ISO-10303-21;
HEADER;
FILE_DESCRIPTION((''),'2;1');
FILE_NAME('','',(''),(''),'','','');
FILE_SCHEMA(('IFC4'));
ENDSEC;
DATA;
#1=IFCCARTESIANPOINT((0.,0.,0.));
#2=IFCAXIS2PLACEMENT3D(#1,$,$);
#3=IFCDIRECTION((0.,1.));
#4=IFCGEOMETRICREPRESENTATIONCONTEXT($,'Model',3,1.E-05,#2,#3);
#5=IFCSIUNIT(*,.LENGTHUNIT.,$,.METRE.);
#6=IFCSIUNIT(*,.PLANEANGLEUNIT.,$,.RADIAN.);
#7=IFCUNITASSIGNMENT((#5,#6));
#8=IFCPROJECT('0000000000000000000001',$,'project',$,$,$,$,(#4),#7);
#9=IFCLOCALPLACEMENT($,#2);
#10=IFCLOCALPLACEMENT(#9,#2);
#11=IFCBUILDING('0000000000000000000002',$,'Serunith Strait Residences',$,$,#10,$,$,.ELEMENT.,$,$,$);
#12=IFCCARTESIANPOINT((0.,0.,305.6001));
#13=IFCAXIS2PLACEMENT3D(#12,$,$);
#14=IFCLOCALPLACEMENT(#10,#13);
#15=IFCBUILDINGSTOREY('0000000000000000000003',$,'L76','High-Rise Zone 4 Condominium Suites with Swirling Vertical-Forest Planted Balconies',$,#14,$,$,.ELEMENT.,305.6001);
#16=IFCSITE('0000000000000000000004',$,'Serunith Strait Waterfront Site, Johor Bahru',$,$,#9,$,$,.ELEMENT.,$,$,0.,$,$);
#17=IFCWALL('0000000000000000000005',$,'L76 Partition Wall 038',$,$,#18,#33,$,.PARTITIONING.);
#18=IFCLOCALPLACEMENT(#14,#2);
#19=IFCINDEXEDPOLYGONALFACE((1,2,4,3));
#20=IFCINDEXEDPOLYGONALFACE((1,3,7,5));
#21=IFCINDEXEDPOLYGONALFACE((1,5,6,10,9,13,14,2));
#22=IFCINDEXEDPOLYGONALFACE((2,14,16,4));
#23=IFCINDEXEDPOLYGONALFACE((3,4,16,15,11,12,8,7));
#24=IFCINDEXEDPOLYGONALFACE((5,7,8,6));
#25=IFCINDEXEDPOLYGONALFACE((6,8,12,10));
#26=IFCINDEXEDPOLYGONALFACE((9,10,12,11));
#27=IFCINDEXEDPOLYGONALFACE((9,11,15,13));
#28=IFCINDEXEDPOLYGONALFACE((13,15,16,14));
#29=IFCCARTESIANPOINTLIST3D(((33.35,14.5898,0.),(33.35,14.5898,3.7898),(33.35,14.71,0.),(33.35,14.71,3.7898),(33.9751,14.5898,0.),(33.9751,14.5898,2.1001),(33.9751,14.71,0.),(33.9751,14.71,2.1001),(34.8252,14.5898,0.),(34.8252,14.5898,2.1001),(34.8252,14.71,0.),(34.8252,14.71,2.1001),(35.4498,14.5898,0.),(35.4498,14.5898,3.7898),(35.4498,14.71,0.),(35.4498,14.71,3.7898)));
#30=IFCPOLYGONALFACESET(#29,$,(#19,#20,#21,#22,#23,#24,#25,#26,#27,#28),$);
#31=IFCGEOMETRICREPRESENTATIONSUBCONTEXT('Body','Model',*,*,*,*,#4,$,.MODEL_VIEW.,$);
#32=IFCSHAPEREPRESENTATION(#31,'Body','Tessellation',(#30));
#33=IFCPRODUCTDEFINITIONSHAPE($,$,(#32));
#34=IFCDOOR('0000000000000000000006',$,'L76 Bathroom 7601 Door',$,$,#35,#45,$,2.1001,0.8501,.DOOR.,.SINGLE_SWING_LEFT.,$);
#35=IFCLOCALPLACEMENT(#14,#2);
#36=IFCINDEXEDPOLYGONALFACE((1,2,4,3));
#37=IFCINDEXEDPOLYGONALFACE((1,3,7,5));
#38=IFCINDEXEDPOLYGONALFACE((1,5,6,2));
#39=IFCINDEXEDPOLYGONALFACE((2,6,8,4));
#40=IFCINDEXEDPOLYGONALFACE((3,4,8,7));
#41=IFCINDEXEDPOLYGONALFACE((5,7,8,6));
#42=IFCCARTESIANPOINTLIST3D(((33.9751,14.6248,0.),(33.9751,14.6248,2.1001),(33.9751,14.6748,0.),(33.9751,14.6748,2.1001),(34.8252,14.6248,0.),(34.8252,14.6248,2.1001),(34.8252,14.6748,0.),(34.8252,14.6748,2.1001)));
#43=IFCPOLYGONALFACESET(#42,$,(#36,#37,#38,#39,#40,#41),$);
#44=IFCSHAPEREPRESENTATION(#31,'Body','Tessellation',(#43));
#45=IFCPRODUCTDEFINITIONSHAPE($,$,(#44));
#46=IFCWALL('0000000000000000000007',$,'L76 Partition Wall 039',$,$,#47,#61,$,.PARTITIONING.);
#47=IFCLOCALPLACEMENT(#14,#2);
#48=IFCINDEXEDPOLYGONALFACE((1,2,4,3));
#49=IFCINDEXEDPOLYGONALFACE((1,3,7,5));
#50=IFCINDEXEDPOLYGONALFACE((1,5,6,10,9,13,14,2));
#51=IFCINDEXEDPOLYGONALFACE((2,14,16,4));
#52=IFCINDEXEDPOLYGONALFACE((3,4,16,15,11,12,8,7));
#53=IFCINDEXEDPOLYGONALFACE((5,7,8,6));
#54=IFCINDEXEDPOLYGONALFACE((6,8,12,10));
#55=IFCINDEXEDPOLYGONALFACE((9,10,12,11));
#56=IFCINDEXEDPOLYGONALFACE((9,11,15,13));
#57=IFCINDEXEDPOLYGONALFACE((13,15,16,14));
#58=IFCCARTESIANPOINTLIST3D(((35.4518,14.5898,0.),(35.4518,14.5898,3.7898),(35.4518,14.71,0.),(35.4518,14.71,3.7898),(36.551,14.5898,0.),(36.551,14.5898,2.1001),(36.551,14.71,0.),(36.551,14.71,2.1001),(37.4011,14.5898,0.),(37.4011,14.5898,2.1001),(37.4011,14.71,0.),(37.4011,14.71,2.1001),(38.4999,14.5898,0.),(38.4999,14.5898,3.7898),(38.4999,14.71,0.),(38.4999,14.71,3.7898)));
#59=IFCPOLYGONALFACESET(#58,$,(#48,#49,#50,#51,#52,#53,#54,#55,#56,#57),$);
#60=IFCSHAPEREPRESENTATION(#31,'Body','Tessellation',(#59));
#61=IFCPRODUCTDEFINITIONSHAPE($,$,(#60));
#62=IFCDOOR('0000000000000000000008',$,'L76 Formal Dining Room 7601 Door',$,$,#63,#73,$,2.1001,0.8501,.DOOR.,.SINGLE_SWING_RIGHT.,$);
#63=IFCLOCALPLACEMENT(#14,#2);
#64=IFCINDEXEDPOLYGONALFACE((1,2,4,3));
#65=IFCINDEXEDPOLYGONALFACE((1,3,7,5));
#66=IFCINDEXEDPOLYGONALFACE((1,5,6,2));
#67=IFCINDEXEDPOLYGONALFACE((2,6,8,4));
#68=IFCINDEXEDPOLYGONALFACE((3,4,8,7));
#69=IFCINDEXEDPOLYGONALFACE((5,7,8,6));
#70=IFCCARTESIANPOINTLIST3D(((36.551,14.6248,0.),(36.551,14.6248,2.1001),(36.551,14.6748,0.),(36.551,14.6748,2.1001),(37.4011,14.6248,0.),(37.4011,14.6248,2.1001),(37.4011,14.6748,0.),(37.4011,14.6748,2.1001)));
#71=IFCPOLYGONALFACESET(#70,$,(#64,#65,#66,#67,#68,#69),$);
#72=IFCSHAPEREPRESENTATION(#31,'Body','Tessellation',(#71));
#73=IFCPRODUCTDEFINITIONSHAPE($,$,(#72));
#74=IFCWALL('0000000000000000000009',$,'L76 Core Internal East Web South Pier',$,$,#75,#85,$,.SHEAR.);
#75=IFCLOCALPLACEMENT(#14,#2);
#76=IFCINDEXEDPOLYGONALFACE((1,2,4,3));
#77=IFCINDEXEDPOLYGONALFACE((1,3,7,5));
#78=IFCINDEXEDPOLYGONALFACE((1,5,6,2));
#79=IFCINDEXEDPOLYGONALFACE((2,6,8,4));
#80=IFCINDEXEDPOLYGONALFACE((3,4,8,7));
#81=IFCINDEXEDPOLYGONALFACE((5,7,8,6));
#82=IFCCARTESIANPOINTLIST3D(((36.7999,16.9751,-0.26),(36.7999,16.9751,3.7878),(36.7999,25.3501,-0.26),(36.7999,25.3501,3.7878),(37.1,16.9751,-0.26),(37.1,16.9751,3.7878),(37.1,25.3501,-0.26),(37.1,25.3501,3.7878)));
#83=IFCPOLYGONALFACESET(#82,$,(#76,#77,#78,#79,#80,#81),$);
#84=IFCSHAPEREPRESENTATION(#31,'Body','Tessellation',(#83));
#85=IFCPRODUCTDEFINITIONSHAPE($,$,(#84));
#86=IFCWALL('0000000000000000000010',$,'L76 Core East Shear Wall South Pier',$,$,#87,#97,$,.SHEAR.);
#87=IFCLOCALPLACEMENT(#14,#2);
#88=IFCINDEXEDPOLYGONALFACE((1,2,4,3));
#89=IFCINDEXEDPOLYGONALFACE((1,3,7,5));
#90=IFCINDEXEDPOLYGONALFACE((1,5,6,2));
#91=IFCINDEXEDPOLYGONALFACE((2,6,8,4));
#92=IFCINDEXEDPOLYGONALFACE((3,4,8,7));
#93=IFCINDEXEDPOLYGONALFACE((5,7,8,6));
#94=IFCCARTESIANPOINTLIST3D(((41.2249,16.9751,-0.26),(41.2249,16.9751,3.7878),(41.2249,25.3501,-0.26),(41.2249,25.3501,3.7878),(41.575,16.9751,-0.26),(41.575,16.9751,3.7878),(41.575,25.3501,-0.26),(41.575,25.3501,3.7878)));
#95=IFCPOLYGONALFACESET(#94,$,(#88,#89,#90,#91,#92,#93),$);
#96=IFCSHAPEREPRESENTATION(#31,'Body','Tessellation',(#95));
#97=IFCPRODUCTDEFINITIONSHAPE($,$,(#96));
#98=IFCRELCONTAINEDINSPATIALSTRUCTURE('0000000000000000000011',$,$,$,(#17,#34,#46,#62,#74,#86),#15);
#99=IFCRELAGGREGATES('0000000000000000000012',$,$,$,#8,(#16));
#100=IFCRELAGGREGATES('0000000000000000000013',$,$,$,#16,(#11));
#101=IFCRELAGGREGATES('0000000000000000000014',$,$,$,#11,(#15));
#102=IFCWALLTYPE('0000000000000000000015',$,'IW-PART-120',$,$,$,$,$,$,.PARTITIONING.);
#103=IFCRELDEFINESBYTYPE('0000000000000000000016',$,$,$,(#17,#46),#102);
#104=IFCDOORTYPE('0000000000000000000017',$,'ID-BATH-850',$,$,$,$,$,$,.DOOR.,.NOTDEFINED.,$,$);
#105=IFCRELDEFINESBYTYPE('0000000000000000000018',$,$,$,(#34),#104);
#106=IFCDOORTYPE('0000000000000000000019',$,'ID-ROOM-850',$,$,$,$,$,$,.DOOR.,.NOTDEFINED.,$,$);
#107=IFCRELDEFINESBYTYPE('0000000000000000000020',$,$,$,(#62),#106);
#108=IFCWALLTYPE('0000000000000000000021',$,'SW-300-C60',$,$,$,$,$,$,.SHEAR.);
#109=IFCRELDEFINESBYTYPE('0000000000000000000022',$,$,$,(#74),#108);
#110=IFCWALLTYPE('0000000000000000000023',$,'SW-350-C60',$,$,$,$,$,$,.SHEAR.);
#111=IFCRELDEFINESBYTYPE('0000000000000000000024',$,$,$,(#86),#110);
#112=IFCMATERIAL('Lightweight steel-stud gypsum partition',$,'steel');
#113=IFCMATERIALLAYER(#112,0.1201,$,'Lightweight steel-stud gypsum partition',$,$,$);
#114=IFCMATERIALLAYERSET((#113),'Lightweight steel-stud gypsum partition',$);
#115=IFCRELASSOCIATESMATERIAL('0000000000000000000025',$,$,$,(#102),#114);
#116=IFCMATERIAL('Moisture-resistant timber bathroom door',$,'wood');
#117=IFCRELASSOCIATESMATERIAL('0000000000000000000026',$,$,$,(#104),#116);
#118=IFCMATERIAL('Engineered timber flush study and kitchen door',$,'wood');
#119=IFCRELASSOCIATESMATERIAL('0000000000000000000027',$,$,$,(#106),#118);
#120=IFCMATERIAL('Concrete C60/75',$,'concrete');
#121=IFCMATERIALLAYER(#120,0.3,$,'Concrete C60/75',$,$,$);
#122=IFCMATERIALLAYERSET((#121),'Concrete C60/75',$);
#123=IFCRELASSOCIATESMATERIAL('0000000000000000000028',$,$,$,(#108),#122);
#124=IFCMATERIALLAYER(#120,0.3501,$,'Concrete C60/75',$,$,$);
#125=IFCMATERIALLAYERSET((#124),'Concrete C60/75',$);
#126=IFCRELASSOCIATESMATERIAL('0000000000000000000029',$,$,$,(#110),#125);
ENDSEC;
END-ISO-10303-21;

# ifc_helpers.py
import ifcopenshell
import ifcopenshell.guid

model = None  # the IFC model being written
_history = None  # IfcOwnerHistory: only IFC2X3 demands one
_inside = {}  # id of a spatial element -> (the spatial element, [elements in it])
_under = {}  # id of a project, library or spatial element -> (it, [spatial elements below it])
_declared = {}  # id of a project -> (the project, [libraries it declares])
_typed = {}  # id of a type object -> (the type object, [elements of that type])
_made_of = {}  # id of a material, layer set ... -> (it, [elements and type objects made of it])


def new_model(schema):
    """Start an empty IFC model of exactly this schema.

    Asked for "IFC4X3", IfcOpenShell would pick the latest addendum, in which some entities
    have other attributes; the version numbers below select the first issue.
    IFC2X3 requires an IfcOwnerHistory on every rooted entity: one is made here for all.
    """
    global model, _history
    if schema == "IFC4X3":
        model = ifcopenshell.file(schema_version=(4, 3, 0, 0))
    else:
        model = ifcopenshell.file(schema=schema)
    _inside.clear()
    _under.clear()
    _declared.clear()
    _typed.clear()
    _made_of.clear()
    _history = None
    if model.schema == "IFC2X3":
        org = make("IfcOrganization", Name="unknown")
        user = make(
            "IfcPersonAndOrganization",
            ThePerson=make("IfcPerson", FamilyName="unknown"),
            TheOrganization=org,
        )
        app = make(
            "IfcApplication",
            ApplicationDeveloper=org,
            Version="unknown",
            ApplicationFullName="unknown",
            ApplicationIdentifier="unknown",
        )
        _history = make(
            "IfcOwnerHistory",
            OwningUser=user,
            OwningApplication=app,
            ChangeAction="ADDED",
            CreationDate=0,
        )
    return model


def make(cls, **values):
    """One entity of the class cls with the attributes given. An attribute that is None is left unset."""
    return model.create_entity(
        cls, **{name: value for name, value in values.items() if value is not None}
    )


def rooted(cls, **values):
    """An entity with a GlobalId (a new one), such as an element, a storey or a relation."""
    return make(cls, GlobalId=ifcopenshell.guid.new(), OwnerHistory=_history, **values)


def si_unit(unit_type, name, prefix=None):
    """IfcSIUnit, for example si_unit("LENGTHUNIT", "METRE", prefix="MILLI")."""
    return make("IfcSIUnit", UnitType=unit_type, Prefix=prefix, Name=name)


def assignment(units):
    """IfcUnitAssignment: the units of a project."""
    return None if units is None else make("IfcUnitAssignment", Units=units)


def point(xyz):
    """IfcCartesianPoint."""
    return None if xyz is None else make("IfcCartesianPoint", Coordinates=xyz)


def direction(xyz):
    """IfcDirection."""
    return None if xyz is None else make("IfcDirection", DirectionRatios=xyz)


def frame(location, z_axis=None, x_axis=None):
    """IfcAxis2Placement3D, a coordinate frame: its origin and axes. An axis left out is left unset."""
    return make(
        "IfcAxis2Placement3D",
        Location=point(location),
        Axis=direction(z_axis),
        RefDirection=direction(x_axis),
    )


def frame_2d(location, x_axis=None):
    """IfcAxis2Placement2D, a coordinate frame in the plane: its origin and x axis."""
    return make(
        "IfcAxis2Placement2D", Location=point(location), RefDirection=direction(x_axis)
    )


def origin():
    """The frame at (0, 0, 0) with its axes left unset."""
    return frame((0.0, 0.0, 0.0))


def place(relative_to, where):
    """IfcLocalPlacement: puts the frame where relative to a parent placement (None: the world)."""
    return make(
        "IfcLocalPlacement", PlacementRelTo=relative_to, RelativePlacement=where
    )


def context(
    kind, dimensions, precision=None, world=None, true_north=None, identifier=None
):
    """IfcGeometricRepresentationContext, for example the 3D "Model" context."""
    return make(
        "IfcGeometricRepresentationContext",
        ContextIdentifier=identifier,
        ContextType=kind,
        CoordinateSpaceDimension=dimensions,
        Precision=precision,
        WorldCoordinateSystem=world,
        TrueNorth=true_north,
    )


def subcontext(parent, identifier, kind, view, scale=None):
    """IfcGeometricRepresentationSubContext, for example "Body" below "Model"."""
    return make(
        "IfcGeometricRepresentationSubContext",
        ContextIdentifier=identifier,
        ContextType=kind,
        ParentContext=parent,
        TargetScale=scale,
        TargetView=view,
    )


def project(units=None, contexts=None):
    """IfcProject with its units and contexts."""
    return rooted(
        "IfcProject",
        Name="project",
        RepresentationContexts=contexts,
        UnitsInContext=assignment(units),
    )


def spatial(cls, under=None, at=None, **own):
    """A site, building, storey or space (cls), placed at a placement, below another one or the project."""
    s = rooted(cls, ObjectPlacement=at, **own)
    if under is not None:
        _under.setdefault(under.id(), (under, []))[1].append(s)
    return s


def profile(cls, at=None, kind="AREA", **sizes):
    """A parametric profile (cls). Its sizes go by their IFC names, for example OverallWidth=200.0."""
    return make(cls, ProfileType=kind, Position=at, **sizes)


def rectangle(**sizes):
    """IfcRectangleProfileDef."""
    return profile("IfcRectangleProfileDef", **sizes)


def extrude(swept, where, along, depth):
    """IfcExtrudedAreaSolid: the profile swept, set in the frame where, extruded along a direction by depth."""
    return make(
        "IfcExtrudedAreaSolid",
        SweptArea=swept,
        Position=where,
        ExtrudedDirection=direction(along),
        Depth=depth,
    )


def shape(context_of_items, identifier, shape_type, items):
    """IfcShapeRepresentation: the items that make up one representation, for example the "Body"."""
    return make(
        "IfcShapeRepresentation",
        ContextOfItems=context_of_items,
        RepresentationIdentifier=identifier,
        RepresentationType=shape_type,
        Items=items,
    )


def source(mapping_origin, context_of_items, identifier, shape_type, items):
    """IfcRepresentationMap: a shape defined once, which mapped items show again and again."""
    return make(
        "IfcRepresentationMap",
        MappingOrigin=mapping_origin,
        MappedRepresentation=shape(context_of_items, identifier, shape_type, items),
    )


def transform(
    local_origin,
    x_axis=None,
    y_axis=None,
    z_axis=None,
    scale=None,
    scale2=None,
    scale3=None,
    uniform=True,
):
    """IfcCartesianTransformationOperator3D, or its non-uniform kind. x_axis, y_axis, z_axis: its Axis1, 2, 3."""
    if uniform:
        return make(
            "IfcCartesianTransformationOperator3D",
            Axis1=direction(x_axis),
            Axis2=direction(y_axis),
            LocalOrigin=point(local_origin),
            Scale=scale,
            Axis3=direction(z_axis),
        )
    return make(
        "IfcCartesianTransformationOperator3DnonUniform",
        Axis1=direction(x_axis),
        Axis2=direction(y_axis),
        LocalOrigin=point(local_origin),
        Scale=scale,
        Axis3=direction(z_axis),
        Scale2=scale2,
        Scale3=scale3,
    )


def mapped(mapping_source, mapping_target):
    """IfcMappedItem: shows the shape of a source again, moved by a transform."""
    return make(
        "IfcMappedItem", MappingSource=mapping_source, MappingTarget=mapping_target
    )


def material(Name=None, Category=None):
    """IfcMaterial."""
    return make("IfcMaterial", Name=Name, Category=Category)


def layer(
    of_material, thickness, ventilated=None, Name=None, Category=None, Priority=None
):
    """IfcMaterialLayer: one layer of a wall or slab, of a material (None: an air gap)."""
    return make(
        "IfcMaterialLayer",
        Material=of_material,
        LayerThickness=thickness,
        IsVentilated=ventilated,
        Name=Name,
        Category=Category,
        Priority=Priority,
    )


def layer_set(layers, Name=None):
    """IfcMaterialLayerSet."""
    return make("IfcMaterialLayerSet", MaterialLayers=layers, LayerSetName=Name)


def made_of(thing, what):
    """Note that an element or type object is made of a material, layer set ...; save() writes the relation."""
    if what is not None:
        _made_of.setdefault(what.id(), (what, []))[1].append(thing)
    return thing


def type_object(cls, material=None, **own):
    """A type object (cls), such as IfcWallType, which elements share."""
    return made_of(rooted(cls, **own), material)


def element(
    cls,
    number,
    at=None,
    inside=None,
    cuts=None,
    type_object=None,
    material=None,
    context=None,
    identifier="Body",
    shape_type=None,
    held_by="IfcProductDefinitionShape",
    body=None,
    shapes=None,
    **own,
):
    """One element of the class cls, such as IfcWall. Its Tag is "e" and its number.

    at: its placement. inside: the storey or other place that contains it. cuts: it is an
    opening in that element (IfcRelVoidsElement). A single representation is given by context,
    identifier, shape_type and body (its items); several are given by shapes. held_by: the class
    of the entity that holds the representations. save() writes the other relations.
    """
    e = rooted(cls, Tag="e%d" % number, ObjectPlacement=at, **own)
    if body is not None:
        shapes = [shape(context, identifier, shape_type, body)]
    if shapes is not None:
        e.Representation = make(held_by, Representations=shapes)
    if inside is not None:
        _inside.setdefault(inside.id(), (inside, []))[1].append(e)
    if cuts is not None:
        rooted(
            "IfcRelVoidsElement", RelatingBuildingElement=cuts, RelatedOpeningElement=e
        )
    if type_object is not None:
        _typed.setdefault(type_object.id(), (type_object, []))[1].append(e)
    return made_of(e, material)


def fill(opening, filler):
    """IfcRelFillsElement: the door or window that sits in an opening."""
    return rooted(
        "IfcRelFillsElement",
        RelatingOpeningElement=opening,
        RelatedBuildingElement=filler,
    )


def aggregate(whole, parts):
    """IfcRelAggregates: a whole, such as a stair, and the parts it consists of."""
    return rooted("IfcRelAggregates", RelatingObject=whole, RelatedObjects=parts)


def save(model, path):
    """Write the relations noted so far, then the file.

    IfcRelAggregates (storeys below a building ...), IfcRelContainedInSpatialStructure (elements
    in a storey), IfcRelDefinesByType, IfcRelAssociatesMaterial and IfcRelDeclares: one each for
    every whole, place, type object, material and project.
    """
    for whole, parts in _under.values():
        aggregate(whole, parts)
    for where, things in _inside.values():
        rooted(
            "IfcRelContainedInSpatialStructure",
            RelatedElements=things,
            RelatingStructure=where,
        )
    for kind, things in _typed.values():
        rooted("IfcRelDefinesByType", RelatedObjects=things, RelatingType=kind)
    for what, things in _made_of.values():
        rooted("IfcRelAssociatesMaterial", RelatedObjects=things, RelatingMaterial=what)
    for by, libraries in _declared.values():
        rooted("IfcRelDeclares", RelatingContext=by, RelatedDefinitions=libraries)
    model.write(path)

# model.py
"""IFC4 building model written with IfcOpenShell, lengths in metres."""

from ifc_helpers import new_model, si_unit, direction, frame, frame_2d, origin, place, context, subcontext, project, spatial, rectangle, extrude, source, transform, mapped, material, layer, layer_set, type_object, element, fill, save


model = new_model("IFC4")

# Units and contexts
model_context = context("Model", 3, precision=1e-05, world=origin(), true_north=direction((0.0, 1.0)))
body_context = subcontext(model_context, "Body", "Model", "MODEL_VIEW")
ifc_project = project(units=[si_unit("LENGTHUNIT", "METRE"), si_unit("PLANEANGLEUNIT", "RADIAN")], contexts=[model_context])

# Site, building, storey
site_placement = place(None, origin())
site = spatial("IfcSite", under=ifc_project, at=site_placement, Name="Serunith Strait Waterfront Site, Johor Bahru", CompositionType="ELEMENT", RefElevation=0.0)
building_placement = place(site_placement, origin())
building = spatial("IfcBuilding", under=site, at=building_placement, Name="Serunith Strait Residences", CompositionType="ELEMENT")
storey_placement = place(building_placement, frame((0.0, 0.0, 305.6001)))
storey = spatial("IfcBuildingStorey", under=building, at=storey_placement, Name="L76", Description="High-Rise Zone 4 Condominium Suites with Swirling Vertical-Forest Planted Balconies", CompositionType="ELEMENT", Elevation=305.6001)

# Shared definitions
ifc_material_1 = material(Name="Concrete C60/75", Category="concrete")

# Walls, openings, doors
ifc_material_2 = material(Name="Lightweight steel-stud gypsum partition", Category="steel")
ifc_layer_1 = layer(ifc_material_2, 0.1201, Name="Lightweight steel-stud gypsum partition")
ifc_layer_set_1 = layer_set([ifc_layer_1], Name="Lightweight steel-stud gypsum partition")
wall_type_1 = type_object("IfcWallType", Name="IW-PART-120", PredefinedType="PARTITIONING", material=ifc_layer_set_1)
wall_1_placement = place(storey_placement, frame((33.3501, 14.6499, 0.0), z_axis=(0.0, 0.0, 1.0), x_axis=(1.0, 0.0, 0.0)))
wall_1 = element("IfcWall", 1, at=wall_1_placement, inside=storey, type_object=wall_type_1, Name="L76 Partition Wall 038", PredefinedType="PARTITIONING", context=body_context, shape_type="SweptSolid", body=[
    extrude(rectangle(XDim=2.0999, YDim=0.1201, at=frame_2d((1.0498, 0.0))), origin(), (0.0, 0.0, 1.0), 3.7898),
])
opening_1_placement = place(wall_1_placement, frame((0.625, 0.0, 0.0)))
opening_1 = element("IfcOpeningElement", 2, at=opening_1_placement, cuts=wall_1, PredefinedType="OPENING", context=body_context, shape_type="SweptSolid", body=[
    extrude(rectangle(XDim=0.8501, YDim=2.1001, at=frame_2d((0.425, 1.05))), frame((0.0, 0.0701, 0.0), z_axis=(0.0, -1.0, 0.0), x_axis=(1.0, 0.0, 0.0)), (0.0, 0.0, 1.0), 0.1401),
])
ifc_material_3 = material(Name="Moisture-resistant timber bathroom door", Category="wood")
door_type_1 = type_object("IfcDoorType", Name="ID-BATH-850", OperationType="NOTDEFINED", PredefinedType="DOOR", material=ifc_material_3)
shared_shape_1 = source(origin(), body_context, "Body", "SweptSolid", [
    extrude(rectangle(XDim=0.8501, YDim=2.1001, at=frame_2d((0.425, 1.05))), frame((0.0, 0.0249, 0.0), z_axis=(0.0, -1.0, 0.0), x_axis=(1.0, 0.0, 0.0)), (0.0, 0.0, 1.0), 0.05),
])
door_1_placement = place(opening_1_placement, origin())
door_1 = element("IfcDoor", 3, at=door_1_placement, inside=storey, type_object=door_type_1, Name="L76 Bathroom 7601 Door", OperationType="SINGLE_SWING_LEFT", OverallHeight=2.1001, OverallWidth=0.8501, PredefinedType="DOOR", context=body_context, shape_type="MappedRepresentation", body=[
    mapped(shared_shape_1, transform((0.0, 0.0, 0.0), scale=1.0)),
])
fill(opening_1, door_1)
wall_2_placement = place(storey_placement, frame((35.4519, 14.6499, 0.0), z_axis=(0.0, 0.0, 1.0), x_axis=(1.0, 0.0, 0.0)))
wall_2 = element("IfcWall", 4, at=wall_2_placement, inside=storey, type_object=wall_type_1, Name="L76 Partition Wall 039", PredefinedType="PARTITIONING", context=body_context, shape_type="SweptSolid", body=[
    extrude(rectangle(XDim=3.0481, YDim=0.1201, at=frame_2d((1.5239, 0.0))), origin(), (0.0, 0.0, 1.0), 3.7898),
])
opening_2_placement = place(wall_2_placement, frame((1.0991, 0.0, 0.0)))
opening_2 = element("IfcOpeningElement", 5, at=opening_2_placement, cuts=wall_2, PredefinedType="OPENING", context=body_context, shape_type="SweptSolid", body=[
    extrude(rectangle(XDim=0.8501, YDim=2.1001, at=frame_2d((0.425, 1.05))), frame((0.0, 0.0701, 0.0), z_axis=(0.0, -1.0, 0.0), x_axis=(1.0, 0.0, 0.0)), (0.0, 0.0, 1.0), 0.1401),
])
ifc_material_4 = material(Name="Engineered timber flush study and kitchen door", Category="wood")
door_type_2 = type_object("IfcDoorType", Name="ID-ROOM-850", OperationType="NOTDEFINED", PredefinedType="DOOR", material=ifc_material_4)
door_2_placement = place(opening_2_placement, origin())
door_2 = element("IfcDoor", 6, at=door_2_placement, inside=storey, type_object=door_type_2, Name="L76 Formal Dining Room 7601 Door", OperationType="SINGLE_SWING_RIGHT", OverallHeight=2.1001, OverallWidth=0.8501, PredefinedType="DOOR", context=body_context, shape_type="MappedRepresentation", body=[
    mapped(shared_shape_1, transform((0.0, 0.0, 0.0), scale=1.0)),
])
fill(opening_2, door_2)

# Walls
ifc_layer_2 = layer(ifc_material_1, 0.3, Name="Concrete C60/75")
ifc_layer_set_2 = layer_set([ifc_layer_2], Name="Concrete C60/75")
wall_type_2 = type_object("IfcWallType", Name="SW-300-C60", PredefinedType="SHEAR", material=ifc_layer_set_2)
wall_3_placement = place(storey_placement, frame((36.95, 16.9751, -0.26), z_axis=(0.0, 0.0, 1.0), x_axis=(0.0, 1.0, 0.0)))
element("IfcWall", 7, at=wall_3_placement, inside=storey, type_object=wall_type_2, Name="L76 Core Internal East Web South Pier", PredefinedType="SHEAR", context=body_context, shape_type="SweptSolid", body=[
    extrude(rectangle(XDim=8.375, YDim=0.3, at=frame_2d((4.1875, 0.0))), origin(), (0.0, 0.0, 1.0), 4.0479),
])
ifc_layer_3 = layer(ifc_material_1, 0.3501, Name="Concrete C60/75")
ifc_layer_set_3 = layer_set([ifc_layer_3], Name="Concrete C60/75")
wall_type_3 = type_object("IfcWallType", Name="SW-350-C60", PredefinedType="SHEAR", material=ifc_layer_set_3)
wall_4_placement = place(storey_placement, frame((41.3999, 16.9751, -0.26), z_axis=(0.0, 0.0, 1.0), x_axis=(0.0, 1.0, 0.0)))
element("IfcWall", 8, at=wall_4_placement, inside=storey, type_object=wall_type_3, Name="L76 Core East Shear Wall South Pier", PredefinedType="SHEAR", context=body_context, shape_type="SweptSolid", body=[
    extrude(rectangle(XDim=8.375, YDim=0.3501, at=frame_2d((4.1875, 0.0))), origin(), (0.0, 0.0, 1.0), 4.0479),
])

save(model, "model.ifc")
